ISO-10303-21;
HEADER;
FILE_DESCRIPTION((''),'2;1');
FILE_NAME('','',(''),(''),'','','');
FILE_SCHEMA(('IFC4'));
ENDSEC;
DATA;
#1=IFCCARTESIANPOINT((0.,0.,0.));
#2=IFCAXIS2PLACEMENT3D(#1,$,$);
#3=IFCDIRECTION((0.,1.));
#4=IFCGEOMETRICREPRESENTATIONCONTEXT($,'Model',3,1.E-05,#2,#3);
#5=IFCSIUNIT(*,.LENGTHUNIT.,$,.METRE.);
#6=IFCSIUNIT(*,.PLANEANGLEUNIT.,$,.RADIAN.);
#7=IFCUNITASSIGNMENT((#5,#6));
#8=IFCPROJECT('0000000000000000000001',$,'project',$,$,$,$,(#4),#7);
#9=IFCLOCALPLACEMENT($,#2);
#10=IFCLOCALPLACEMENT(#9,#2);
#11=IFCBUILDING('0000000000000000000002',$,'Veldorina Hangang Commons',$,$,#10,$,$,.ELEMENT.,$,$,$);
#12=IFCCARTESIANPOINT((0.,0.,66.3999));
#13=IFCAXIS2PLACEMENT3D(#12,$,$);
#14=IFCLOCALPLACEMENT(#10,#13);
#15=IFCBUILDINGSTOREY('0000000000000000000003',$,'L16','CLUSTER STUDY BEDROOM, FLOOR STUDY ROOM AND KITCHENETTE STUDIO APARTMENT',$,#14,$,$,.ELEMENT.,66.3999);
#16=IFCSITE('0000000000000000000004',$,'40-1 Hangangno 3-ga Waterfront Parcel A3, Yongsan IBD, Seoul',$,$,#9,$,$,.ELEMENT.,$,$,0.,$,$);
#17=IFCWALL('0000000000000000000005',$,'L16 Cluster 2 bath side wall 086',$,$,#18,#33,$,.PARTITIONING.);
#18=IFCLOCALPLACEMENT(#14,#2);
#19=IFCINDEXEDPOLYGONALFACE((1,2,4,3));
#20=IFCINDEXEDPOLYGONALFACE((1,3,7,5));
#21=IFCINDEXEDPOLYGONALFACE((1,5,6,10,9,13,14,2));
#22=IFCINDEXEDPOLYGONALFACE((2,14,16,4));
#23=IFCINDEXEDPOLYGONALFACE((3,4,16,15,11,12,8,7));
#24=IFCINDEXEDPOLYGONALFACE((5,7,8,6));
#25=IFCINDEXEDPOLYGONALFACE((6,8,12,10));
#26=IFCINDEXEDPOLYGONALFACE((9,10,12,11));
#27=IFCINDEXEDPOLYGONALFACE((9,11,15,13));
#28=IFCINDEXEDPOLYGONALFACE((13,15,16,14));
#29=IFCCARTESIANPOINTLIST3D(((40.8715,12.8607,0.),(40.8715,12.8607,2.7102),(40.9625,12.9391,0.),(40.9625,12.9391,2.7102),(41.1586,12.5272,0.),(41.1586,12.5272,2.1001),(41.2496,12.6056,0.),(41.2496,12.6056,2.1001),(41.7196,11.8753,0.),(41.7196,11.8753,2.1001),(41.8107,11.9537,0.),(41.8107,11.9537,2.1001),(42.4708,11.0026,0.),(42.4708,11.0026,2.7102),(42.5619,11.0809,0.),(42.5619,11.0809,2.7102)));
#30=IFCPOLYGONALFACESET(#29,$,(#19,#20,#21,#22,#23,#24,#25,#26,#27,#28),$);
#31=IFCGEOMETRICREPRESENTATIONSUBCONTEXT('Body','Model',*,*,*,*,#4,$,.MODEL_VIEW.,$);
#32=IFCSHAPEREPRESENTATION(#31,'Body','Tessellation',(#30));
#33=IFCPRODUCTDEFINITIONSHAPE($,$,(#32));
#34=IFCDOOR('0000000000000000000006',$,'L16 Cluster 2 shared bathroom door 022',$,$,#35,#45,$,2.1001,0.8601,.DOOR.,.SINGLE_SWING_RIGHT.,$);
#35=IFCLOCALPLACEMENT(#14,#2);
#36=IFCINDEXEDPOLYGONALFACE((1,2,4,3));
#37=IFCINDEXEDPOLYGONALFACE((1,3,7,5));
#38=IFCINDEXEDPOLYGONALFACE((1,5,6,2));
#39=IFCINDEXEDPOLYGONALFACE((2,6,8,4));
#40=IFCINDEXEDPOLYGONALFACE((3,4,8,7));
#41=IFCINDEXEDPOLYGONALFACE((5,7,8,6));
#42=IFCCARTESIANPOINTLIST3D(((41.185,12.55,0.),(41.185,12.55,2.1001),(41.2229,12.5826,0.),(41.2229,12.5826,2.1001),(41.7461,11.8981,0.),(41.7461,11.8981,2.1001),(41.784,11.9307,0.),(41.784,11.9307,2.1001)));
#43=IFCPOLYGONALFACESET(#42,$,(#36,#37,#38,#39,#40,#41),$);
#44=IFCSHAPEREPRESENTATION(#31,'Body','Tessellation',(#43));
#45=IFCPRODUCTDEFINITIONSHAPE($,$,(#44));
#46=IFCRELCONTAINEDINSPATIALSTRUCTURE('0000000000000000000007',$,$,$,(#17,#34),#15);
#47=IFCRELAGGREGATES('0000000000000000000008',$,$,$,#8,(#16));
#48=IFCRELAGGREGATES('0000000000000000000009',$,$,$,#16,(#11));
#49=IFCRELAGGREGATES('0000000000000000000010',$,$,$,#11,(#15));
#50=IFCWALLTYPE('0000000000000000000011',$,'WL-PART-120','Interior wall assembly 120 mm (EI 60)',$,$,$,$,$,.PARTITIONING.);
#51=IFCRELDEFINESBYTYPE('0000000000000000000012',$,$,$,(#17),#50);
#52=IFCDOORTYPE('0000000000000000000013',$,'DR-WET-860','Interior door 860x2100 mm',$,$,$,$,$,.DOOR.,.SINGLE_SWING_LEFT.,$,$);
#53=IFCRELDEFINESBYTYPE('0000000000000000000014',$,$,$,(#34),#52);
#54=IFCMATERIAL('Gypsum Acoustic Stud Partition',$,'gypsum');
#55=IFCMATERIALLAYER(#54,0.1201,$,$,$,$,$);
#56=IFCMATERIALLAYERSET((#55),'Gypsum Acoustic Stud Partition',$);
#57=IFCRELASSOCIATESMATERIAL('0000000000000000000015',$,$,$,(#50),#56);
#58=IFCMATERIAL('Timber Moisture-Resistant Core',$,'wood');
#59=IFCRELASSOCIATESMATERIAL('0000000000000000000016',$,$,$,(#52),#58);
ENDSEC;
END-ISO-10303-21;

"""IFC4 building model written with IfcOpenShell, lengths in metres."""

from ifc_helpers import new_model, si_unit, direction, frame, frame_2d, origin, place, context, subcontext, project, spatial, rectangle, extrude, material, layer, layer_set, type_object, element, fill, save


model = new_model("IFC4")

# Units and contexts
model_context = context("Model", 3, precision=1e-05, world=origin(), true_north=direction((0.0, 1.0)))
body_context = subcontext(model_context, "Body", "Model", "MODEL_VIEW")
ifc_project = project(units=[si_unit("LENGTHUNIT", "METRE"), si_unit("PLANEANGLEUNIT", "RADIAN")], contexts=[model_context])

# Site, building, storey
site_placement = place(None, origin())
site = spatial("IfcSite", under=ifc_project, at=site_placement, Name="40-1 Hangangno 3-ga Waterfront Parcel A3, Yongsan IBD, Seoul", CompositionType="ELEMENT", RefElevation=0.0)
building_placement = place(site_placement, origin())
building = spatial("IfcBuilding", under=site, at=building_placement, Name="Veldorina Hangang Commons", CompositionType="ELEMENT")
storey_placement = place(building_placement, frame((0.0, 0.0, 66.3999)))
storey = spatial("IfcBuildingStorey", under=building, at=storey_placement, Name="L16", Description="CLUSTER STUDY BEDROOM, FLOOR STUDY ROOM AND KITCHENETTE STUDIO APARTMENT", CompositionType="ELEMENT", Elevation=66.3999)

# Shared definitions
ifc_material_1 = material(Name="Gypsum Acoustic Stud Partition", Category="gypsum")
ifc_layer_1 = layer(ifc_material_1, 0.1201)
ifc_layer_set_1 = layer_set([ifc_layer_1], Name="Gypsum Acoustic Stud Partition")
wall_type_1 = type_object("IfcWallType", Name="WL-PART-120", Description="Interior wall assembly 120 mm (EI 60)", PredefinedType="PARTITIONING", material=ifc_layer_set_1)

# Wall, opening, door
wall_1_placement = place(storey_placement, frame((40.917, 12.8999, 0.0), z_axis=(0.0, 0.0, 1.0), x_axis=(0.652356, -0.757912, 0.0)))
wall_1 = element("IfcWall", 1, at=wall_1_placement, inside=storey, type_object=wall_type_1, Name="L16 Cluster 2 bath side wall 086", PredefinedType="PARTITIONING", context=body_context, shape_type="SweptSolid", body=[
    extrude(rectangle(XDim=2.4517, YDim=0.1201, at=frame_2d((1.2258, 0.0))), origin(), (0.0, 0.0, 1.0), 2.7102),
])
opening_1_placement = place(wall_1_placement, frame((0.4399, 0.0, 0.0)))
opening_1 = element("IfcOpeningElement", 2, at=opening_1_placement, cuts=wall_1, PredefinedType="OPENING", context=body_context, shape_type="SweptSolid", body=[
    extrude(rectangle(XDim=0.8601, YDim=2.1001, at=frame_2d((0.4302, 1.05))), frame((0.0, 0.0701, 0.0), z_axis=(0.0, -1.0, 0.0), x_axis=(1.0, 0.0, 0.0)), (0.0, 0.0, 1.0), 0.1401),
])
ifc_material_2 = material(Name="Timber Moisture-Resistant Core", Category="wood")
door_type_1 = type_object("IfcDoorType", Name="DR-WET-860", Description="Interior door 860x2100 mm", OperationType="SINGLE_SWING_LEFT", PredefinedType="DOOR", material=ifc_material_2)
door_1_placement = place(opening_1_placement, origin())
door_1 = element("IfcDoor", 3, at=door_1_placement, inside=storey, type_object=door_type_1, Name="L16 Cluster 2 shared bathroom door 022", OperationType="SINGLE_SWING_RIGHT", OverallHeight=2.1001, OverallWidth=0.8601, PredefinedType="DOOR", context=body_context, shape_type="SweptSolid", body=[
    extrude(rectangle(XDim=0.8601, YDim=2.1001, at=frame_2d((0.4302, 1.05))), frame((0.0, 0.0249, 0.0), z_axis=(0.0, -1.0, 0.0), x_axis=(1.0, 0.0, 0.0)), (0.0, 0.0, 1.0), 0.05),
])
fill(opening_1, door_1)

save(model, "model.ifc")
